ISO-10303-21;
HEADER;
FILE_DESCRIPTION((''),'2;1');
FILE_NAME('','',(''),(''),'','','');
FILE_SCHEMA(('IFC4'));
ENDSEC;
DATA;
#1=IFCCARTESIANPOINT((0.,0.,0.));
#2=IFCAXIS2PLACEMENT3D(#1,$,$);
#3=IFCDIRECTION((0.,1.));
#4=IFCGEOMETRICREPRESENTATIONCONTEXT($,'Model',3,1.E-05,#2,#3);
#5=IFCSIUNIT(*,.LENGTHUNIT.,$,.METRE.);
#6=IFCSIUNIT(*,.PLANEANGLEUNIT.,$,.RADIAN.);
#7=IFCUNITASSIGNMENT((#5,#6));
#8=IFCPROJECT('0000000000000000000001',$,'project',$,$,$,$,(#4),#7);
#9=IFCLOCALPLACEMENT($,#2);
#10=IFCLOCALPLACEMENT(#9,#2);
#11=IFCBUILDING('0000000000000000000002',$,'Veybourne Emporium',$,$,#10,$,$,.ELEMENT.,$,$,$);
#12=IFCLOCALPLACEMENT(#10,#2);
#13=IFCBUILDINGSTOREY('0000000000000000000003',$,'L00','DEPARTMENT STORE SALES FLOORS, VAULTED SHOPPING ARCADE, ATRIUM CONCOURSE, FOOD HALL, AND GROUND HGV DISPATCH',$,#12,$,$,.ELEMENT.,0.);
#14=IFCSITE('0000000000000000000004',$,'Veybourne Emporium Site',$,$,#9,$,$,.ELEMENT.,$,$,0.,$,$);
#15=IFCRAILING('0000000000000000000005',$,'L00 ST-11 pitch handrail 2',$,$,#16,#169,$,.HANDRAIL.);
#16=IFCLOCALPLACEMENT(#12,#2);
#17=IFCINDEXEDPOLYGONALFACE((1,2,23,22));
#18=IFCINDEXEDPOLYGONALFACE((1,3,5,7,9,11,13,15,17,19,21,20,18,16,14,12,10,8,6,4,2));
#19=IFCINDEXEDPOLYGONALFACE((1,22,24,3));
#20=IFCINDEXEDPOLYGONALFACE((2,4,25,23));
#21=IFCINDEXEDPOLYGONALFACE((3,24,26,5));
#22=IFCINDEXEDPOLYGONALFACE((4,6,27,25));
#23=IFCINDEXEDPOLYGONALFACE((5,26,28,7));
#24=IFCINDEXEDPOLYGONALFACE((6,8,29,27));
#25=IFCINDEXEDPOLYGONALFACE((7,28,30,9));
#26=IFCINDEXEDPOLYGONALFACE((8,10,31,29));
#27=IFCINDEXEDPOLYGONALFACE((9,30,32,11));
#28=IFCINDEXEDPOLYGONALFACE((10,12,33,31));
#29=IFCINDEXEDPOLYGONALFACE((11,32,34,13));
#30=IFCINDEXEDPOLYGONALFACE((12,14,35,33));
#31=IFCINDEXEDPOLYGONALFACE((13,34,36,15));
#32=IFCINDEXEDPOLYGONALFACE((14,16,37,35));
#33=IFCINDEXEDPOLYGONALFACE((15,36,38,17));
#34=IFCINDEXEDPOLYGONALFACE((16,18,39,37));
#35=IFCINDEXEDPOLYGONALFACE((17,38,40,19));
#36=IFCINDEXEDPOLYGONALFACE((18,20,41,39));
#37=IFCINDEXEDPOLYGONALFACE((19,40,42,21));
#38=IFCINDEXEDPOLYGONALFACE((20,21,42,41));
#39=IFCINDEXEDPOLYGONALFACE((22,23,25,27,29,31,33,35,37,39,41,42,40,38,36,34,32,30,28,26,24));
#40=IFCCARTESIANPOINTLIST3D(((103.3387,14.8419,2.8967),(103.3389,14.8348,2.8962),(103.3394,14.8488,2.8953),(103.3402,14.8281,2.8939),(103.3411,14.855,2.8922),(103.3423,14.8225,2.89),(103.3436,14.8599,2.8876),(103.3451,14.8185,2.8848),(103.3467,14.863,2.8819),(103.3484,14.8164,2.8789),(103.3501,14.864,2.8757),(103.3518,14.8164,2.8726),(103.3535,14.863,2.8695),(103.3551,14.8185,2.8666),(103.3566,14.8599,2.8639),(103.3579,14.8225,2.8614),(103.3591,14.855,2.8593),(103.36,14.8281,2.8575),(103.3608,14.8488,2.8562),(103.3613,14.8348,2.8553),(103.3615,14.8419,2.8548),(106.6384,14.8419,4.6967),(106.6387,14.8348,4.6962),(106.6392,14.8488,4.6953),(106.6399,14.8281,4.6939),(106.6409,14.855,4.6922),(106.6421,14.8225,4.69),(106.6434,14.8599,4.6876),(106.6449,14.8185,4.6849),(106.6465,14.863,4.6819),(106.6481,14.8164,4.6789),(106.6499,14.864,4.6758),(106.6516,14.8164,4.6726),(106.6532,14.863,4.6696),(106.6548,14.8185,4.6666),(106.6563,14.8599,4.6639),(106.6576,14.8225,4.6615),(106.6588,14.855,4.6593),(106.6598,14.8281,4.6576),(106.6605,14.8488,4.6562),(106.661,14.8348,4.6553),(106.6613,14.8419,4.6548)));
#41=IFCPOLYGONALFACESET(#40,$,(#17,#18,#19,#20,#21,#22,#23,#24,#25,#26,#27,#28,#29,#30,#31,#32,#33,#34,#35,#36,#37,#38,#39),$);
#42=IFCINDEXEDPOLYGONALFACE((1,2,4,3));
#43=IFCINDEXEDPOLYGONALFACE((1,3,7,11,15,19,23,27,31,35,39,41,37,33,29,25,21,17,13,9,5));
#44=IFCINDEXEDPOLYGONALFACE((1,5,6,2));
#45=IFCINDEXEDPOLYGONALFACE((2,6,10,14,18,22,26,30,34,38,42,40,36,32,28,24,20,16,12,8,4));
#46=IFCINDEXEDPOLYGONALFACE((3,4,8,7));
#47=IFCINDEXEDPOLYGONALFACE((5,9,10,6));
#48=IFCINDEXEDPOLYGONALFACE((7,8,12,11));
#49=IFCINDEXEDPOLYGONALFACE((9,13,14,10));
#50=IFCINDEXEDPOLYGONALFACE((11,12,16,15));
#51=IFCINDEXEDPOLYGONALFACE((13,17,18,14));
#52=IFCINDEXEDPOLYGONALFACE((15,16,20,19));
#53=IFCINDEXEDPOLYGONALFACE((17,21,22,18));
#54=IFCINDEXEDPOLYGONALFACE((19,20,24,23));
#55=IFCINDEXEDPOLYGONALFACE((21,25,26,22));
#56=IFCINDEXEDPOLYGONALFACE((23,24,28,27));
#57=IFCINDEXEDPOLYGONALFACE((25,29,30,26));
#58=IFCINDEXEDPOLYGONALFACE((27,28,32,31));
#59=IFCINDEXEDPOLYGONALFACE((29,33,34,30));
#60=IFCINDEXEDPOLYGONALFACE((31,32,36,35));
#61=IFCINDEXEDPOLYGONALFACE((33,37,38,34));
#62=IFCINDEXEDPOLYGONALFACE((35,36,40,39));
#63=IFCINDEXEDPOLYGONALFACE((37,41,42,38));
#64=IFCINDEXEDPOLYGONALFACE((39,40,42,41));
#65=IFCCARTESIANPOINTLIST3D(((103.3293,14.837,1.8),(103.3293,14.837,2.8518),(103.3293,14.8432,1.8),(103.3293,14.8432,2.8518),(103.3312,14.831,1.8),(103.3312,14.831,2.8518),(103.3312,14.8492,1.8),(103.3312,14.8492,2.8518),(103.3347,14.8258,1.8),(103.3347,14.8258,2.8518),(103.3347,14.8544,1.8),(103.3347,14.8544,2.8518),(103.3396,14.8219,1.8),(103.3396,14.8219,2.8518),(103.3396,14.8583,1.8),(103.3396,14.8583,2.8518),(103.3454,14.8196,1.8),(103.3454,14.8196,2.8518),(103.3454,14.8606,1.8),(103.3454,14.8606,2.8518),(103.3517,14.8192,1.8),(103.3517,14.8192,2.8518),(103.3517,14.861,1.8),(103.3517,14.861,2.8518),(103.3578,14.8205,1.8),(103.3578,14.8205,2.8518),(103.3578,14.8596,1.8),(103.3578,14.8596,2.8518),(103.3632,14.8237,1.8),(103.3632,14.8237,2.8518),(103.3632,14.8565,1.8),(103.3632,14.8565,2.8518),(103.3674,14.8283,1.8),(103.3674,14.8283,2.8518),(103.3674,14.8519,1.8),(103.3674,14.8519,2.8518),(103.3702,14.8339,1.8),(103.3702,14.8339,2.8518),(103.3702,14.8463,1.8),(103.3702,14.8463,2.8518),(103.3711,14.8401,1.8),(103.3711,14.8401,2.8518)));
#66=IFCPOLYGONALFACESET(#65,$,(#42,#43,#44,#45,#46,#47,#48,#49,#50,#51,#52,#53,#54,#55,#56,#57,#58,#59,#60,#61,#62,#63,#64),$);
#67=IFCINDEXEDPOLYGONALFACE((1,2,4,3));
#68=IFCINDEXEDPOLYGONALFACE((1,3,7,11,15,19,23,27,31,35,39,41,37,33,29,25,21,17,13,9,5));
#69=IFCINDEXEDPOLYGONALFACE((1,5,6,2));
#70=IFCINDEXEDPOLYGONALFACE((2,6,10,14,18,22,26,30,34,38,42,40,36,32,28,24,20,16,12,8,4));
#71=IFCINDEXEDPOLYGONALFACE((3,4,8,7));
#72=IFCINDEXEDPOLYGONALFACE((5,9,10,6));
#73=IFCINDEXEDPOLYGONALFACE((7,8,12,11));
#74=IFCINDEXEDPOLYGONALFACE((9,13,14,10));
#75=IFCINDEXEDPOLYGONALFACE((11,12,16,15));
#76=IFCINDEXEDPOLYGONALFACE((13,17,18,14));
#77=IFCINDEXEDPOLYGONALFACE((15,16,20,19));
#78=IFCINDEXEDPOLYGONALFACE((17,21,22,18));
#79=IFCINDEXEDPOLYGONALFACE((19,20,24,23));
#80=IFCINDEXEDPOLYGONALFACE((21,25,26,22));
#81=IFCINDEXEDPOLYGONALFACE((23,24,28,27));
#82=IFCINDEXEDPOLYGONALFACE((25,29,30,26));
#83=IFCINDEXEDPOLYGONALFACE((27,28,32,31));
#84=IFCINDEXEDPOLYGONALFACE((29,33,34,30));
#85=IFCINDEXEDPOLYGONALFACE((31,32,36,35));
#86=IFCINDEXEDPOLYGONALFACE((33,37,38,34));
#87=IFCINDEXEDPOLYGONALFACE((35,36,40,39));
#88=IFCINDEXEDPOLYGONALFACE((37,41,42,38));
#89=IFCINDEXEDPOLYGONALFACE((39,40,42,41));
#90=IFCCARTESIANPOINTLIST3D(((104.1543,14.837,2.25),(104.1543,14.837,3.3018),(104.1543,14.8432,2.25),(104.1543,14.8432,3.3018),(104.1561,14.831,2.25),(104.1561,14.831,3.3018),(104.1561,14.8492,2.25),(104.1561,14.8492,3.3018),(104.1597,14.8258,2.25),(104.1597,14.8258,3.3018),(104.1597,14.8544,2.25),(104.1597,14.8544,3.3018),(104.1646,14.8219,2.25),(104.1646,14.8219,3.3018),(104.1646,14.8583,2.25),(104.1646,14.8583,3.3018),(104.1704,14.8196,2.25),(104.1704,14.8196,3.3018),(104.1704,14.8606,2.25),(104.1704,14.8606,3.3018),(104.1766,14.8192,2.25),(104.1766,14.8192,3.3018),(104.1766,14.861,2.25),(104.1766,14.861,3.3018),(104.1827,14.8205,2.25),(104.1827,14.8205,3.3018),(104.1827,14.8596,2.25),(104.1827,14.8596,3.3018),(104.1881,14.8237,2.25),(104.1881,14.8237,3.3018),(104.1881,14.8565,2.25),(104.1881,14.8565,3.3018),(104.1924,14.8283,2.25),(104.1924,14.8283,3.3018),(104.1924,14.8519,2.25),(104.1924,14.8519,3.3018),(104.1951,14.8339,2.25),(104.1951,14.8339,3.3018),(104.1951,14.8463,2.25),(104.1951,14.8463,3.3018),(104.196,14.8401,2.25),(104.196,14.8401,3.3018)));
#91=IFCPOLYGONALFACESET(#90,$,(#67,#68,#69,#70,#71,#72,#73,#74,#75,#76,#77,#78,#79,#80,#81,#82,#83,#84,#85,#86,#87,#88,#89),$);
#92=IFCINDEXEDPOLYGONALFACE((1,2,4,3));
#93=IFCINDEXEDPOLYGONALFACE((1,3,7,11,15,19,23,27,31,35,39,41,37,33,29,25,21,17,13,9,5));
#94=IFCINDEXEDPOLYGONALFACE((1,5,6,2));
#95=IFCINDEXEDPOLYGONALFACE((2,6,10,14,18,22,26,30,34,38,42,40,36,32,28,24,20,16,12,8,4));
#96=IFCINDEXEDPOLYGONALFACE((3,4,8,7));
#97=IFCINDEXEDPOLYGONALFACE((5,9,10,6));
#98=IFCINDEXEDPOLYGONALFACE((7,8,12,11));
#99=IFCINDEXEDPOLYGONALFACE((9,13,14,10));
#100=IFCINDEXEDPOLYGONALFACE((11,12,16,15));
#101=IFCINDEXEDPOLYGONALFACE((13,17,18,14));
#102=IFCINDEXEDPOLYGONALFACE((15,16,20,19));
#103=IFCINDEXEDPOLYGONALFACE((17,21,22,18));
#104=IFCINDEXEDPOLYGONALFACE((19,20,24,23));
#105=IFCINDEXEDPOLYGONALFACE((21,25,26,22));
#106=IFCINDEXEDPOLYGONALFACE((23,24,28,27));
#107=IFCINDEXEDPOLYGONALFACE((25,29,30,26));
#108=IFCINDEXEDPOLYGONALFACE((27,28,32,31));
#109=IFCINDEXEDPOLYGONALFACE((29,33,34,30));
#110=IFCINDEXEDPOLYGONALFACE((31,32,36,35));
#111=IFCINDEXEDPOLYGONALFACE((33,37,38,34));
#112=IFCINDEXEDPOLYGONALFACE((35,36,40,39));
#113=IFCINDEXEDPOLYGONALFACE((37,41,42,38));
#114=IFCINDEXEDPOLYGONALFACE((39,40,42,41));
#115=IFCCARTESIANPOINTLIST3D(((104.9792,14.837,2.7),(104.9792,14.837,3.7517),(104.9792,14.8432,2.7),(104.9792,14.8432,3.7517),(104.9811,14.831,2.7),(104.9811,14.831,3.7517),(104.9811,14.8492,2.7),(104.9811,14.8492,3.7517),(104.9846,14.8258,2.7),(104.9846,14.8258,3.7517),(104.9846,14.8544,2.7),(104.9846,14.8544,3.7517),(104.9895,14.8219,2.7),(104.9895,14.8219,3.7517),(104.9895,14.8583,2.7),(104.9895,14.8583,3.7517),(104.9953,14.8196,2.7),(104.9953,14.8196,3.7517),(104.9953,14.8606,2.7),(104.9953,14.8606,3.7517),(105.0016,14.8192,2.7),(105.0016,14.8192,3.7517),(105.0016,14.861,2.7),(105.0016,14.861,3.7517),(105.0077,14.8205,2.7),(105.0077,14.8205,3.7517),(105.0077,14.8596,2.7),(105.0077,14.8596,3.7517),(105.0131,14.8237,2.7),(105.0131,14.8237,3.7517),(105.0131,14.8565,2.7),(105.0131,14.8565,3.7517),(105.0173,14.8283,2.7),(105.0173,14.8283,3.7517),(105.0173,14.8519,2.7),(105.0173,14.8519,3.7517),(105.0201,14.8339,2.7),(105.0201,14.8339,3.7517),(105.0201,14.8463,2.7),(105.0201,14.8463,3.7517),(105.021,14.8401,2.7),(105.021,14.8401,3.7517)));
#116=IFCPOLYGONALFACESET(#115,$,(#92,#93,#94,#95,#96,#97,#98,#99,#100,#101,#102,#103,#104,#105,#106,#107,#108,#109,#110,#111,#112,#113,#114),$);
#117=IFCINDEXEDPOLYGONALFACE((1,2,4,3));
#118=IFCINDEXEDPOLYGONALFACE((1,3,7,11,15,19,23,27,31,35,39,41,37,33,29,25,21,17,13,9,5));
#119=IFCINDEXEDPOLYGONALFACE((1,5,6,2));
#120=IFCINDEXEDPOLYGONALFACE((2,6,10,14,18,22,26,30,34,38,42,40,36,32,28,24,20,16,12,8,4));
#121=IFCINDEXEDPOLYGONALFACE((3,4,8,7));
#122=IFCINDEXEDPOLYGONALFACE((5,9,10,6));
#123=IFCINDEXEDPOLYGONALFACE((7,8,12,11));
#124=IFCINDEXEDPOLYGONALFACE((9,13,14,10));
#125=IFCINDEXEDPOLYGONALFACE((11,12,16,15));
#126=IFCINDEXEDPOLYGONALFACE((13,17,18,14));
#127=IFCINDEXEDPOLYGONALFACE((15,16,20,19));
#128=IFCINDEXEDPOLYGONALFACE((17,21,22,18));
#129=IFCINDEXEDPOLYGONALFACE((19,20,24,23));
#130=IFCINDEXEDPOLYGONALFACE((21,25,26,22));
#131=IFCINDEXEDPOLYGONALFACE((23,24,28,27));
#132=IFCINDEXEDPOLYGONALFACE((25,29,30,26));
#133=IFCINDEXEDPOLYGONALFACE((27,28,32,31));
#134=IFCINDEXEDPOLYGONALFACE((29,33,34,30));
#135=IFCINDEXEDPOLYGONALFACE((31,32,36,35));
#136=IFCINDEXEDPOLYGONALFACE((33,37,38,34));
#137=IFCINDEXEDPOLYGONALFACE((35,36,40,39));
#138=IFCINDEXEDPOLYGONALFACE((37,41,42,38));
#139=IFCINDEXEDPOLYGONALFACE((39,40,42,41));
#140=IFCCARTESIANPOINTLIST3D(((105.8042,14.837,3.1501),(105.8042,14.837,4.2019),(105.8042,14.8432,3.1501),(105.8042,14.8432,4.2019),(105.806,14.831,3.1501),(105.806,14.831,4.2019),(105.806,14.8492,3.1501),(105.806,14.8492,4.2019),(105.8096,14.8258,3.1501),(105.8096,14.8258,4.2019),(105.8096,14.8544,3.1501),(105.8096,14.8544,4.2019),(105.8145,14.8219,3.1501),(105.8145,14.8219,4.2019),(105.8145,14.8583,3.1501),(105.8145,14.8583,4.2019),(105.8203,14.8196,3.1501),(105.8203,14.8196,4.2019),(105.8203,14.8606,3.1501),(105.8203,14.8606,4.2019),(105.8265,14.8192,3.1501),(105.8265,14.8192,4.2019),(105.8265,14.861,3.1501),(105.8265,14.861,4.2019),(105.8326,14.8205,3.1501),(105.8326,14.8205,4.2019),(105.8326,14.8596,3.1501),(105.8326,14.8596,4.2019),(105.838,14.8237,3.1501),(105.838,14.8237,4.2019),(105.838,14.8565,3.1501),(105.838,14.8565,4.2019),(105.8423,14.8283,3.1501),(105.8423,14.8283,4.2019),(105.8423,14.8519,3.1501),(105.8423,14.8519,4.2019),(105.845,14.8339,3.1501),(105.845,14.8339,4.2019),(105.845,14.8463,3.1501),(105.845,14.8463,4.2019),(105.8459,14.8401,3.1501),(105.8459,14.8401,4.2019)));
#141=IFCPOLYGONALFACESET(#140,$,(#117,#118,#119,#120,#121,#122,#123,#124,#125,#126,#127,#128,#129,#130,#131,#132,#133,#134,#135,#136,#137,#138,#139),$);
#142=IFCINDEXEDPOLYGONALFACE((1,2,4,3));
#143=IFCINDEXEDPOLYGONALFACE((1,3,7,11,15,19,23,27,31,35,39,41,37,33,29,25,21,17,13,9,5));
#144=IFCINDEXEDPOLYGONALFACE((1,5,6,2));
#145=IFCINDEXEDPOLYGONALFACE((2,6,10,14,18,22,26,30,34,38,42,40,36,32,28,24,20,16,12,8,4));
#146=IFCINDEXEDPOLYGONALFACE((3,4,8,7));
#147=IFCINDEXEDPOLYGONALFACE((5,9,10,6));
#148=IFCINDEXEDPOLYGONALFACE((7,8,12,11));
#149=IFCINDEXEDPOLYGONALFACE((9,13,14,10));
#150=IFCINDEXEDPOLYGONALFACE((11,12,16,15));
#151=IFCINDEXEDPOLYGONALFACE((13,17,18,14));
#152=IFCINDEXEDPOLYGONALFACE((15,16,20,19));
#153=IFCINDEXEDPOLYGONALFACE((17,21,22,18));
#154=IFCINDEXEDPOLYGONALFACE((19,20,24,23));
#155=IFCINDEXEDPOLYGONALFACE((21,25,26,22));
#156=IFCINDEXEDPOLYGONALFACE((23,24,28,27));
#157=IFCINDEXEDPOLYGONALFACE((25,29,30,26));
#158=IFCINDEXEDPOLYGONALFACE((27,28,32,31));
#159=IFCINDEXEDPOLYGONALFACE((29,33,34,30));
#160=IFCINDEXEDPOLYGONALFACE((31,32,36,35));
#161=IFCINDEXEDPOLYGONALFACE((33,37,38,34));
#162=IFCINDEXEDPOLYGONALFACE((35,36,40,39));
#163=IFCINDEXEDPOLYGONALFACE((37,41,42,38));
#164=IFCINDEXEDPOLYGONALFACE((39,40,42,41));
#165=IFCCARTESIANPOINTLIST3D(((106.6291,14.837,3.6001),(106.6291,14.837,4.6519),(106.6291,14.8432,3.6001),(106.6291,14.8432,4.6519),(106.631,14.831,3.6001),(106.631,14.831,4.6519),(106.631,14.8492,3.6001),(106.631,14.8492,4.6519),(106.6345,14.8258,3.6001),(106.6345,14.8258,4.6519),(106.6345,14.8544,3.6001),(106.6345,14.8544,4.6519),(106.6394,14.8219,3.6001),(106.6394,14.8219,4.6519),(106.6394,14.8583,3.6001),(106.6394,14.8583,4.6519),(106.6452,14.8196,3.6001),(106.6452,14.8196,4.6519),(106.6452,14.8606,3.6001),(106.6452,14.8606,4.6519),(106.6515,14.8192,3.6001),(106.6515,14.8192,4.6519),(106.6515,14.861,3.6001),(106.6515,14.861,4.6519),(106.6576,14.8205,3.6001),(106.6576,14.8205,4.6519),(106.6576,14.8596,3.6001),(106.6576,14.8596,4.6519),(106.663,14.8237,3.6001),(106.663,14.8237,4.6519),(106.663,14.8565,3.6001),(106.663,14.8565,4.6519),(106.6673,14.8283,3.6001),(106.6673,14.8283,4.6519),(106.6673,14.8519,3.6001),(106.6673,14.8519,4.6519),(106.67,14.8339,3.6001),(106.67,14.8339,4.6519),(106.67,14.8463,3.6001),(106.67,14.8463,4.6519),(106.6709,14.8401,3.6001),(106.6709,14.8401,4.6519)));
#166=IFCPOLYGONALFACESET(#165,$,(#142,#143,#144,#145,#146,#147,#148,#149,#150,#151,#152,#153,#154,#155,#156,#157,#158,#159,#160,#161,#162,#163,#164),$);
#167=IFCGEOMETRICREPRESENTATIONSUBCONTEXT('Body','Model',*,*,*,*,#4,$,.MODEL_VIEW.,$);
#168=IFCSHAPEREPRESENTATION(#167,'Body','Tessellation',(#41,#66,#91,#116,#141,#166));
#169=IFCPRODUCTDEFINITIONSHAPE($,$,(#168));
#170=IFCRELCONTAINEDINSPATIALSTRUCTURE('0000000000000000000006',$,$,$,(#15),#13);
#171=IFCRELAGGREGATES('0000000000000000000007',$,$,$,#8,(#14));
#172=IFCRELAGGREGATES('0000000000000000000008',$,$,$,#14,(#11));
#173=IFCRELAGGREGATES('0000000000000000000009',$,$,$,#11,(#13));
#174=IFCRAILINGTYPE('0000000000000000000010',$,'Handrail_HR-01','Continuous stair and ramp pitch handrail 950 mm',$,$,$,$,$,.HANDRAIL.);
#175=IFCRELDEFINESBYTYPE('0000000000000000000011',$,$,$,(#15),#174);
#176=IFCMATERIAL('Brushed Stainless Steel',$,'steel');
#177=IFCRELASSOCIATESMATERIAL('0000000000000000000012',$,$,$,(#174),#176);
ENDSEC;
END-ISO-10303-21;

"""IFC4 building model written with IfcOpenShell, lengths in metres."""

from ifc_helpers import new_model, si_unit, direction, frame, origin, origin_2d, place, context, subcontext, project, spatial, circle, extrude, material, type_object, element, save


model = new_model("IFC4")

# Units and contexts
model_context = context("Model", 3, precision=1e-05, world=origin(), true_north=direction((0.0, 1.0)))
body_context = subcontext(model_context, "Body", "Model", "MODEL_VIEW")
ifc_project = project(units=[si_unit("LENGTHUNIT", "METRE"), si_unit("PLANEANGLEUNIT", "RADIAN")], contexts=[model_context])

# Site, building, storey
site_placement = place(None, origin())
site = spatial("IfcSite", under=ifc_project, at=site_placement, Name="Veybourne Emporium Site", CompositionType="ELEMENT", RefElevation=0.0)
building_placement = place(site_placement, origin())
building = spatial("IfcBuilding", under=site, at=building_placement, Name="Veybourne Emporium", CompositionType="ELEMENT")
storey_placement = place(building_placement, origin())
storey = spatial("IfcBuildingStorey", under=building, at=storey_placement, Name="L00", Description="DEPARTMENT STORE SALES FLOORS, VAULTED SHOPPING ARCADE, ATRIUM CONCOURSE, FOOD HALL, AND GROUND HGV DISPATCH", CompositionType="ELEMENT", Elevation=0.0)

# Railing
ifc_material_1 = material(Name="Brushed Stainless Steel", Category="steel")
railing_type_1 = type_object("IfcRailingType", Name="Handrail_HR-01", Description="Continuous stair and ramp pitch handrail 950 mm", PredefinedType="HANDRAIL", material=ifc_material_1)
railing_1_placement = place(storey_placement, frame((103.3501, 14.8401, 1.95)))
element("IfcRailing", 1, at=railing_1_placement, inside=storey, type_object=railing_type_1, Name="L00 ST-11 pitch handrail 2", PredefinedType="HANDRAIL", context=body_context, shape_type="SweptSolid", body=[
    extrude(circle(Radius=0.0239, at=origin_2d()), frame((0.0, 0.0, 0.9258), z_axis=(0.877878, 0.0, 0.478884), x_axis=(0.0, 1.0, 0.0)), (0.0, 0.0, 1.0), 3.7588),
    extrude(circle(Radius=0.021, at=origin_2d()), frame((0.0, 0.0, -0.1499)), (0.0, 0.0, 1.0), 1.0518),
    extrude(circle(Radius=0.021, at=origin_2d()), frame((0.825, 0.0, 0.3)), (0.0, 0.0, 1.0), 1.0518),
    extrude(circle(Radius=0.021, at=origin_2d()), frame((1.6499, 0.0, 0.75)), (0.0, 0.0, 1.0), 1.0518),
    extrude(circle(Radius=0.021, at=origin_2d()), frame((2.4749, 0.0, 1.2002)), (0.0, 0.0, 1.0), 1.0518),
    extrude(circle(Radius=0.021, at=origin_2d()), frame((3.2998, 0.0, 1.6501)), (0.0, 0.0, 1.0), 1.0518),
])

save(model, "model.ifc")
